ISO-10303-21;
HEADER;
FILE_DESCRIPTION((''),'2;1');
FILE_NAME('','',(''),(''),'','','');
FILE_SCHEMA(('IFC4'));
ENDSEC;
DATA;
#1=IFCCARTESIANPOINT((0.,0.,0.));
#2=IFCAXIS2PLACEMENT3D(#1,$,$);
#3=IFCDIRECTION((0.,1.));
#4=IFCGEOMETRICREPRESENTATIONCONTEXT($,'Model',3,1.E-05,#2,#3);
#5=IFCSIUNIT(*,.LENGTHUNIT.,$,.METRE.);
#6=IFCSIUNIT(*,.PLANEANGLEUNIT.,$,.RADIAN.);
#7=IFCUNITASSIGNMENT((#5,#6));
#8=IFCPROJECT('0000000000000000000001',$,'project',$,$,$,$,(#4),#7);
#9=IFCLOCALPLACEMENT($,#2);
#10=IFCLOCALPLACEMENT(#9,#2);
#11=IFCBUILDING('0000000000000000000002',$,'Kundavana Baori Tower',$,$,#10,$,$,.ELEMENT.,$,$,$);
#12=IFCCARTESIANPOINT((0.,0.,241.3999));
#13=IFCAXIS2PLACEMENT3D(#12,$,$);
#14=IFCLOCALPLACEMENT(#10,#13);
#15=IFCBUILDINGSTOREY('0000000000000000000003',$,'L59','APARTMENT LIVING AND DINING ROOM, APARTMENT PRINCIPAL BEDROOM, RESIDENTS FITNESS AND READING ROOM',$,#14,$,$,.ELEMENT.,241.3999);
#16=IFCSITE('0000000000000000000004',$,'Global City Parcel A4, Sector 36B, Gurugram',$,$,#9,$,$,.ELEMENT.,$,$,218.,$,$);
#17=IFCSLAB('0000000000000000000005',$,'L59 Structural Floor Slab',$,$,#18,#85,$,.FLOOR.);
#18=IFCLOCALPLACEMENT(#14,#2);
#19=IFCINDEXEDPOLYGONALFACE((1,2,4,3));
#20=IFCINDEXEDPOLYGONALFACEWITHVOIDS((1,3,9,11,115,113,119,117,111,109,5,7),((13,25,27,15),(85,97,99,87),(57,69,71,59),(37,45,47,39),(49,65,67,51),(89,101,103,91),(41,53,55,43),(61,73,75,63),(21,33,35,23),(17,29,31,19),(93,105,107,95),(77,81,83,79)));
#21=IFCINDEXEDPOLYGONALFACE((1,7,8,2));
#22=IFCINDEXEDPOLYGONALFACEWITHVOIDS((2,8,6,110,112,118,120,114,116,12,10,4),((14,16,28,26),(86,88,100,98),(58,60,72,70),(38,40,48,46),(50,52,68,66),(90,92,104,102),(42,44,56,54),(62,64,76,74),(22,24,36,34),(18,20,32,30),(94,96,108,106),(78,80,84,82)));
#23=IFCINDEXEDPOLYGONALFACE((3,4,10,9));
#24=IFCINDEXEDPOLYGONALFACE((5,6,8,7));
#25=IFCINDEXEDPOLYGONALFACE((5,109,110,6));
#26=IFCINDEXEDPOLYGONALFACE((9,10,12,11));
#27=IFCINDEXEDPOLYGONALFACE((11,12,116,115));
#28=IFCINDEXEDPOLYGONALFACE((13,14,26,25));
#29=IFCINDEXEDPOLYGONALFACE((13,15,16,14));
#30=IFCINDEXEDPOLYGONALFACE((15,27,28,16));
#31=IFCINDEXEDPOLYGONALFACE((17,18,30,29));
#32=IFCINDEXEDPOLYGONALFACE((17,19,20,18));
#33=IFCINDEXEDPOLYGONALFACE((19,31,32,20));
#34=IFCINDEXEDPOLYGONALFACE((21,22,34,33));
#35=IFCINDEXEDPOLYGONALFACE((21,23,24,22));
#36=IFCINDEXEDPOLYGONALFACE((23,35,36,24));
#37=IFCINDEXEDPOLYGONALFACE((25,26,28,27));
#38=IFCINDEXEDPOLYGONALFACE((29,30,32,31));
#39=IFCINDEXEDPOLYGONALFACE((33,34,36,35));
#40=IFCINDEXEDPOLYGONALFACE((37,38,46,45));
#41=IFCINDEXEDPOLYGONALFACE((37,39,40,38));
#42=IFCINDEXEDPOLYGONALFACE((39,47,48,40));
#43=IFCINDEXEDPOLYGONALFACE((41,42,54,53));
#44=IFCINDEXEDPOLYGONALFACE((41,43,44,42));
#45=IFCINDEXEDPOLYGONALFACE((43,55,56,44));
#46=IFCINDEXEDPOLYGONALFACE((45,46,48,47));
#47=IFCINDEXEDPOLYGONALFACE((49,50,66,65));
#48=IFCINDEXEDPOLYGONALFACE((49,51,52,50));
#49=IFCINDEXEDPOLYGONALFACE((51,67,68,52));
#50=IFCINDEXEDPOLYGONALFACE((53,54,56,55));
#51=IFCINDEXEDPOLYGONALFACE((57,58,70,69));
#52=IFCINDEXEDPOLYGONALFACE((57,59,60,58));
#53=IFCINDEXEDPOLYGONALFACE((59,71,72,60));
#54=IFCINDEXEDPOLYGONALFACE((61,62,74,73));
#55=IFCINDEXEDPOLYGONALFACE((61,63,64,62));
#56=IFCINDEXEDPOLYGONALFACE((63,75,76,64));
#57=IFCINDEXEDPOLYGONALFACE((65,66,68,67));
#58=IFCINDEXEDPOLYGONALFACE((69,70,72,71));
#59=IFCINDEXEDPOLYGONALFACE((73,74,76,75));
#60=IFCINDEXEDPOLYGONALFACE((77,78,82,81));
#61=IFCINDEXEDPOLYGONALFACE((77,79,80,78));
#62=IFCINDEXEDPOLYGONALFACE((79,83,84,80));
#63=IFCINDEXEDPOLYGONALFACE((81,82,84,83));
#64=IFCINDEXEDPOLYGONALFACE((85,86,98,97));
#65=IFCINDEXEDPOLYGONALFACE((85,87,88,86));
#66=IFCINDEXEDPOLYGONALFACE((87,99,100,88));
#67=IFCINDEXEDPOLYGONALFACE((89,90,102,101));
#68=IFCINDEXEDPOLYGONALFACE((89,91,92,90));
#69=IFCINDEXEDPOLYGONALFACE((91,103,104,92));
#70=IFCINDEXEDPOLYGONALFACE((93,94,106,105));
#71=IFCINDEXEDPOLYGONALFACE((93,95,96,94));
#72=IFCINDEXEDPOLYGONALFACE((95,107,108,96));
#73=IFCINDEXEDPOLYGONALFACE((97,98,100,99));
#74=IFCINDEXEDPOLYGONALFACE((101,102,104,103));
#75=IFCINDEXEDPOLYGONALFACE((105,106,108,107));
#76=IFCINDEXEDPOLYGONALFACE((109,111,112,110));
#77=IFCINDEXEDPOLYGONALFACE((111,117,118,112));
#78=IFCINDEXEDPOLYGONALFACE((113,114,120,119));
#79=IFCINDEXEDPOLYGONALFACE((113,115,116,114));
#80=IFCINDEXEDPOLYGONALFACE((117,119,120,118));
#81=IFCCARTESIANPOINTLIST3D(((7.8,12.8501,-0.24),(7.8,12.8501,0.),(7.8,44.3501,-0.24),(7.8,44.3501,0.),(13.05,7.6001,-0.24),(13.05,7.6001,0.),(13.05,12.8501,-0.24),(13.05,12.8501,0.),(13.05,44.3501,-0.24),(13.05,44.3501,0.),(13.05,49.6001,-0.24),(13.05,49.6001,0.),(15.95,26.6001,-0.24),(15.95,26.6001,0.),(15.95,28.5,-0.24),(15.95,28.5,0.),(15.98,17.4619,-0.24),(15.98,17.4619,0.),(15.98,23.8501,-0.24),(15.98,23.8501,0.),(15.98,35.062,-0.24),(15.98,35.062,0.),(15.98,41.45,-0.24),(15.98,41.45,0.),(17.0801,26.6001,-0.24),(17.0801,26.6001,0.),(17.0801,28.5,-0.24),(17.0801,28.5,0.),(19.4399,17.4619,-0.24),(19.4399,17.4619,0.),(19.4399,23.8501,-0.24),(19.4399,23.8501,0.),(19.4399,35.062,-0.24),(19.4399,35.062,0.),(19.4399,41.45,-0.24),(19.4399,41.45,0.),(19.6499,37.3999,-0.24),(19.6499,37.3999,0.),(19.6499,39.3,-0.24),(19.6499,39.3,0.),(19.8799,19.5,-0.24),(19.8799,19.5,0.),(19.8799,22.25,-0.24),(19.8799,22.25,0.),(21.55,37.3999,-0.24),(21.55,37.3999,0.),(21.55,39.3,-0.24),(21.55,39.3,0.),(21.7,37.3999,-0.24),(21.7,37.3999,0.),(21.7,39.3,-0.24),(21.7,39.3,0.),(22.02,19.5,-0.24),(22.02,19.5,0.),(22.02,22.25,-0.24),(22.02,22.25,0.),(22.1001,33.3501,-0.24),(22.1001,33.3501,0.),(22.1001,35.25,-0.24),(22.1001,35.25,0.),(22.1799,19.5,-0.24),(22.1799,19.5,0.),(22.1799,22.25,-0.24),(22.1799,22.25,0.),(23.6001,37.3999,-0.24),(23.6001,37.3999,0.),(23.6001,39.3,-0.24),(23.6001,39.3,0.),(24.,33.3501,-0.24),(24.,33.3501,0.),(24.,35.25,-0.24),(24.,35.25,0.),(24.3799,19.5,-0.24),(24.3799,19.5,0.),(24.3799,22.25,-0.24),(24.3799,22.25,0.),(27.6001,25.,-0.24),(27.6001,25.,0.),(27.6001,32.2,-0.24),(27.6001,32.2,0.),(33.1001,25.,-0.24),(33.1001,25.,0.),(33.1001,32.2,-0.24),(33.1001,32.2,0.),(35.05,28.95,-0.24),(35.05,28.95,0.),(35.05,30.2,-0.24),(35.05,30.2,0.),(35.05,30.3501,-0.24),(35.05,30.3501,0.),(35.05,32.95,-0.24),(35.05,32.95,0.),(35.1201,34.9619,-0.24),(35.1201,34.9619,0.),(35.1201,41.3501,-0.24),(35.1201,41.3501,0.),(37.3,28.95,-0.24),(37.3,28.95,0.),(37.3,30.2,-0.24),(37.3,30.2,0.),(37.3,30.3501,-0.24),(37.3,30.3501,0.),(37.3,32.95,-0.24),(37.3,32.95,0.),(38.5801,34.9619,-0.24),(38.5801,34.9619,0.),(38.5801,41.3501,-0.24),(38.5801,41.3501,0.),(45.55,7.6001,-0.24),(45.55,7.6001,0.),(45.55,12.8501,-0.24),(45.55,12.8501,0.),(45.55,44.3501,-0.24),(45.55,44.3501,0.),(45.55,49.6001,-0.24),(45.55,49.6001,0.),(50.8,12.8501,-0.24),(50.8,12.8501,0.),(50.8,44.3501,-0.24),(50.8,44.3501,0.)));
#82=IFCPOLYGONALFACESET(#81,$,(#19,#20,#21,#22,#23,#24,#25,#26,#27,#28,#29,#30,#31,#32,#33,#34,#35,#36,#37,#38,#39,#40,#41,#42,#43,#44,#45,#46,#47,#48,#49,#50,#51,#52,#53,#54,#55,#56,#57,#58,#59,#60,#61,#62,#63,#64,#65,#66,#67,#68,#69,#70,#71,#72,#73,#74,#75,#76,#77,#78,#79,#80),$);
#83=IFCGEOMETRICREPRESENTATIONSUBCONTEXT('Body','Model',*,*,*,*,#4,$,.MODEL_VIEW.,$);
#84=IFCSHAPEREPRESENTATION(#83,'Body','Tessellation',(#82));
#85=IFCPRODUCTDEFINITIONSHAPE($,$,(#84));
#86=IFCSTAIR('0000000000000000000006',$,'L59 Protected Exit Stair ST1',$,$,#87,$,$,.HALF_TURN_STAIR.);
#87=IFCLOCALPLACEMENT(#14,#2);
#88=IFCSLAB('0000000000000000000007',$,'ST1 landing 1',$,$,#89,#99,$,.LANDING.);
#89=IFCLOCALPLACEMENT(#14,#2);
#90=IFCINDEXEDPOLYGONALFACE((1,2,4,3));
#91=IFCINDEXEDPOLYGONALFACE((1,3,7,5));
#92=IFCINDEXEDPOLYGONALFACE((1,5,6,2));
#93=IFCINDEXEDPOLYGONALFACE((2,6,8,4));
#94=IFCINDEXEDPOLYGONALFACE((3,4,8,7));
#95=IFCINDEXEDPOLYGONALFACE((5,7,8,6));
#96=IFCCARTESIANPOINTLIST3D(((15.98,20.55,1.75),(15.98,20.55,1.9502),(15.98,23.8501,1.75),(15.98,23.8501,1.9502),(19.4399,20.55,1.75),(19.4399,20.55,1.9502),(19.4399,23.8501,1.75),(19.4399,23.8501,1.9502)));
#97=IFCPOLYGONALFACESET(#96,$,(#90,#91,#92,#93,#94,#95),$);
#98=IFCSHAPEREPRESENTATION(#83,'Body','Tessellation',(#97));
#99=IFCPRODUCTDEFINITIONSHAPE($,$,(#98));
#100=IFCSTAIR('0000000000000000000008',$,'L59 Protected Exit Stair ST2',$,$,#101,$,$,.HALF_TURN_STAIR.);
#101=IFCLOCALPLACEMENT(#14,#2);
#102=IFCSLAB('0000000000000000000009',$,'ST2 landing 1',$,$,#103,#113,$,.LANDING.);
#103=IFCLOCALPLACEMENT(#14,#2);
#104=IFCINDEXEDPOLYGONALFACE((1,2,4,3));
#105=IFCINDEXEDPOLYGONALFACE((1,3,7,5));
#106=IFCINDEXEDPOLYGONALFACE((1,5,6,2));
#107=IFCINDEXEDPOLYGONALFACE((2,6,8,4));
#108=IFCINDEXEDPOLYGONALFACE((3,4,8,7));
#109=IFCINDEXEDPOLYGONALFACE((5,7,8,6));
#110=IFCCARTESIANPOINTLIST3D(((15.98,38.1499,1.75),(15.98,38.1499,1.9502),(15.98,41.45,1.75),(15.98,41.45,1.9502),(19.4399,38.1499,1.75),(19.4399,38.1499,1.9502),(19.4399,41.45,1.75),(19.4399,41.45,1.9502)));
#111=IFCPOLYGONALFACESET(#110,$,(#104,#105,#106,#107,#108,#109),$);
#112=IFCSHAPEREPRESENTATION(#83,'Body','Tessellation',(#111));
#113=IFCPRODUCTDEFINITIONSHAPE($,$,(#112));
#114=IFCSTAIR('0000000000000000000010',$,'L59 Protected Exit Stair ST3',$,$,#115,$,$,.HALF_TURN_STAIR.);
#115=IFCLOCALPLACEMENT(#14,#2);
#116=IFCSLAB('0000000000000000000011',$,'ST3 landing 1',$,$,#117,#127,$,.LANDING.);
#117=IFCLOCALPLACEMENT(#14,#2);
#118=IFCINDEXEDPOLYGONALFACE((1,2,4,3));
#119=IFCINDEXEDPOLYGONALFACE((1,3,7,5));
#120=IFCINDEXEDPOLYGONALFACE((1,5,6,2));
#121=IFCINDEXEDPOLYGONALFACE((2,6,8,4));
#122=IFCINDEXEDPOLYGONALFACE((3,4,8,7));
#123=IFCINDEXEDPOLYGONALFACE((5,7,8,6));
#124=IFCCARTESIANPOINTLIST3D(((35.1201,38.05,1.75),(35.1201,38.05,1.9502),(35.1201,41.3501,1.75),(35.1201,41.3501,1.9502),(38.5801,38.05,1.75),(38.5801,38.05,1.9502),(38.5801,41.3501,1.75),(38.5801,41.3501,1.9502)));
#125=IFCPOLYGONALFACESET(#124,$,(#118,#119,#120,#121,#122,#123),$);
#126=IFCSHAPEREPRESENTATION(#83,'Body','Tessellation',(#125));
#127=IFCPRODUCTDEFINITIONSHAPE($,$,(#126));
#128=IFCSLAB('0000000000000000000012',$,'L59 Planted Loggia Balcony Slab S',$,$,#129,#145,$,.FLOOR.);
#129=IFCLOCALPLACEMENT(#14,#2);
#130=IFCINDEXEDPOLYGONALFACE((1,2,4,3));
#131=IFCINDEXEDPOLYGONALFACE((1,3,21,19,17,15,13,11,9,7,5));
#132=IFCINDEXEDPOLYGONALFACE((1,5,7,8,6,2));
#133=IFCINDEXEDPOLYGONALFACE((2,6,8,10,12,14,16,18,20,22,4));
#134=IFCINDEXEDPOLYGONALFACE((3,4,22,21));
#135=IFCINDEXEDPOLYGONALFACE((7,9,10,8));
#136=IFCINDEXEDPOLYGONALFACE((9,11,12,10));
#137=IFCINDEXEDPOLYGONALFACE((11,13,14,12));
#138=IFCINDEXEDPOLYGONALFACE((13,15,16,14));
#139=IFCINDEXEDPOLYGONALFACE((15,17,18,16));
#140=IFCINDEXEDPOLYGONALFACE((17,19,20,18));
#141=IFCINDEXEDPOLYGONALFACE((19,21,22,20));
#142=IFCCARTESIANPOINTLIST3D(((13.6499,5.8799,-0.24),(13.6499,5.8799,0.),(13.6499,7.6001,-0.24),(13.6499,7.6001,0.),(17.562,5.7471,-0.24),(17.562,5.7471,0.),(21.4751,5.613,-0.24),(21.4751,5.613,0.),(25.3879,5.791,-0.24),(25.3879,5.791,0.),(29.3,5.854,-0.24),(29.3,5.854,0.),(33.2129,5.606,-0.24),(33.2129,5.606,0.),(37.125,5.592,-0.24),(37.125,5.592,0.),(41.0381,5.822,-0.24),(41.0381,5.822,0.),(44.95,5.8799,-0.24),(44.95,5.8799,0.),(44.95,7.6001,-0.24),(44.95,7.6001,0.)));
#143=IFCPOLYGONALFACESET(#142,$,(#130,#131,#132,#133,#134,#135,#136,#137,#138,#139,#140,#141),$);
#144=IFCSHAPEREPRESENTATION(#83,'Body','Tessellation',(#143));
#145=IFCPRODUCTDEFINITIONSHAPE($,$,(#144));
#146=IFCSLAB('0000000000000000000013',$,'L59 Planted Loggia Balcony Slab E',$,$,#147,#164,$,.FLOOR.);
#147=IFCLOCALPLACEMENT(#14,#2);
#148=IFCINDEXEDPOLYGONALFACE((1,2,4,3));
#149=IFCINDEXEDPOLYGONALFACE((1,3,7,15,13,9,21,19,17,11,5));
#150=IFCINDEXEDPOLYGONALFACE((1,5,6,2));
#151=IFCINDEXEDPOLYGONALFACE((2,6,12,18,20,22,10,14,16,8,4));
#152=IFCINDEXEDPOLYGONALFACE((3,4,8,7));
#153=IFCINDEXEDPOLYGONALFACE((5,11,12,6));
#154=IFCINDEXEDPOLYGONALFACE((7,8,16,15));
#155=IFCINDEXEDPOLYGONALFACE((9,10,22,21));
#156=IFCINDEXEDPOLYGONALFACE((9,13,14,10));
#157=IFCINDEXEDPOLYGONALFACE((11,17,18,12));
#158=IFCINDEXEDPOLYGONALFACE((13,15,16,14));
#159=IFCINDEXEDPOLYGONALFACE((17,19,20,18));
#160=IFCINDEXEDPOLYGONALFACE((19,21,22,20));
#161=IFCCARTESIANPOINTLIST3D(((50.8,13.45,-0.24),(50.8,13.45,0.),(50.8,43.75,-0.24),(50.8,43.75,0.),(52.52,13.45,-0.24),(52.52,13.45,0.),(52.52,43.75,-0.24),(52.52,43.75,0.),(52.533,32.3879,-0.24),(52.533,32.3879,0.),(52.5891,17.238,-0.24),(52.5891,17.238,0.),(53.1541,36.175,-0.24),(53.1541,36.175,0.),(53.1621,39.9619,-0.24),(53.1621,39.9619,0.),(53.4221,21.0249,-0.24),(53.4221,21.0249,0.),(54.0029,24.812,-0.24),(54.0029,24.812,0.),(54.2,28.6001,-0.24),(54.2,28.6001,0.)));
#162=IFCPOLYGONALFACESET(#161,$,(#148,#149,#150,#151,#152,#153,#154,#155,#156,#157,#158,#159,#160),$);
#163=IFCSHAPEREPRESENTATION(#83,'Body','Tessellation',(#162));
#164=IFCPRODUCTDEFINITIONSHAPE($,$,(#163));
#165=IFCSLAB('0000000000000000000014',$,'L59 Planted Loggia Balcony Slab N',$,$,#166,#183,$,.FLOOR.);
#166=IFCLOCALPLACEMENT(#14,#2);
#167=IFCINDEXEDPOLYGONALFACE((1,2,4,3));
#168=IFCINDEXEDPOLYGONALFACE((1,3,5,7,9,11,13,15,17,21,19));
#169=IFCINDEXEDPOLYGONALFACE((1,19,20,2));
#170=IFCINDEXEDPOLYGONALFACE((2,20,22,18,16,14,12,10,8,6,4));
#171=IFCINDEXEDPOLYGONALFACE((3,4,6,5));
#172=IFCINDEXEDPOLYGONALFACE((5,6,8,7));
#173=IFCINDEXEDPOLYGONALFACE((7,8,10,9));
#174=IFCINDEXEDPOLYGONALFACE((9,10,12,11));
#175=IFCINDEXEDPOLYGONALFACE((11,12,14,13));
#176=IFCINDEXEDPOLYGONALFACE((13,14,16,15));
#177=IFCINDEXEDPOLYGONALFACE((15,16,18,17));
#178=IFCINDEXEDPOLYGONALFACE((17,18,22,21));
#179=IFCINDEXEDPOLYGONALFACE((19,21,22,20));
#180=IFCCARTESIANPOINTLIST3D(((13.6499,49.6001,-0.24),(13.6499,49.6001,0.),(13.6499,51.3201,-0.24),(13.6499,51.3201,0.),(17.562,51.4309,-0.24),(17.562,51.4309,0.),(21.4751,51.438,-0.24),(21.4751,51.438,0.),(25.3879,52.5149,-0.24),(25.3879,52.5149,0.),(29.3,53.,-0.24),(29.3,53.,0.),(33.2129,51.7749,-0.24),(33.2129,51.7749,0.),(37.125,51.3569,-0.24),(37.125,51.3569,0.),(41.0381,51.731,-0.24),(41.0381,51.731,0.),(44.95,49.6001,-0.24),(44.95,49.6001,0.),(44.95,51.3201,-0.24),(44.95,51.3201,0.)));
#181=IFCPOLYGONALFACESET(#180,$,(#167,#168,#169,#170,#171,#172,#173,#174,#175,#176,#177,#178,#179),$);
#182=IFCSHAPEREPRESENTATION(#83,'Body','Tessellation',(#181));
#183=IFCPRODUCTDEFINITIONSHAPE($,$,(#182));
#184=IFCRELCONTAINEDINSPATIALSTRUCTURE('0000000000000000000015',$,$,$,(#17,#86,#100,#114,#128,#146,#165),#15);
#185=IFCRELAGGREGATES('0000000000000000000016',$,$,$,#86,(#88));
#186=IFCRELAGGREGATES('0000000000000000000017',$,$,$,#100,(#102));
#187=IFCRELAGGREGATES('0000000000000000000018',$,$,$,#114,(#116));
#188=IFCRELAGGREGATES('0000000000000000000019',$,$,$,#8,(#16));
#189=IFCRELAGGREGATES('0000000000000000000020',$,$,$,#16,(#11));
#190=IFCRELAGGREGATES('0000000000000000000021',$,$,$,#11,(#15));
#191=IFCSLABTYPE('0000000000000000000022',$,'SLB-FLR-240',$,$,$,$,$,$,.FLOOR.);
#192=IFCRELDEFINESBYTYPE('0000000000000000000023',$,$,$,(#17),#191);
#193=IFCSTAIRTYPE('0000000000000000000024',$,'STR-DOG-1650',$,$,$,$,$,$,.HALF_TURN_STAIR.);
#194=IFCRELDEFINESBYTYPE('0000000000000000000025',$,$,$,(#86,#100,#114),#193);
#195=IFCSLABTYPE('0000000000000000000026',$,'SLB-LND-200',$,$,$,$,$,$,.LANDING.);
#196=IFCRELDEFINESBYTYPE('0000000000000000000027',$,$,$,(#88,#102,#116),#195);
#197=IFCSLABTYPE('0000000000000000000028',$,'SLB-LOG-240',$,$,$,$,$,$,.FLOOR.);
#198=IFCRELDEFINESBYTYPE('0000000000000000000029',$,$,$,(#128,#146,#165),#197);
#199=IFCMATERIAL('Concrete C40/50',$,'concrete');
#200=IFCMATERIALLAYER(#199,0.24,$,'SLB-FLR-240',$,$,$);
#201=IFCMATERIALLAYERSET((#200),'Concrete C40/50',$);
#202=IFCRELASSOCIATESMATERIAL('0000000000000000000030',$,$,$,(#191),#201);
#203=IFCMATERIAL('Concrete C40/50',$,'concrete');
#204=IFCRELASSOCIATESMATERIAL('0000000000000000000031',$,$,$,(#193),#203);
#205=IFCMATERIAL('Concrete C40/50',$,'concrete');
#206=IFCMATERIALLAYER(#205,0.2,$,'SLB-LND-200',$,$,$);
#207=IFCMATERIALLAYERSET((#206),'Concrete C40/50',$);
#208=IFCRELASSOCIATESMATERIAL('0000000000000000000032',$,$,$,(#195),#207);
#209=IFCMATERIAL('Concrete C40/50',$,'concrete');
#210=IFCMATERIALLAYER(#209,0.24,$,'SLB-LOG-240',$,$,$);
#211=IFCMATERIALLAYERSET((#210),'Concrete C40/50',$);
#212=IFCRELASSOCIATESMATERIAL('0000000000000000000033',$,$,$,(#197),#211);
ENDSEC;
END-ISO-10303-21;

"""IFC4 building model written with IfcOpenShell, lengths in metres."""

from ifc_helpers import new_model, si_unit, direction, frame, origin, place, context, subcontext, project, spatial, polyline, outline, extrude, material, layer, layer_set, type_object, element, aggregate, save


model = new_model("IFC4")

# Units and contexts
model_context = context("Model", 3, precision=1e-05, world=origin(), true_north=direction((0.0, 1.0)))
body_context = subcontext(model_context, "Body", "Model", "MODEL_VIEW")
ifc_project = project(units=[si_unit("LENGTHUNIT", "METRE"), si_unit("PLANEANGLEUNIT", "RADIAN")], contexts=[model_context])

# Site, building, storey
site_placement = place(None, origin())
site = spatial("IfcSite", under=ifc_project, at=site_placement, Name="Global City Parcel A4, Sector 36B, Gurugram", CompositionType="ELEMENT", RefElevation=218.0)
building_placement = place(site_placement, origin())
building = spatial("IfcBuilding", under=site, at=building_placement, Name="Kundavana Baori Tower", CompositionType="ELEMENT")
storey_placement = place(building_placement, frame((0.0, 0.0, 241.3999)))
storey = spatial("IfcBuildingStorey", under=building, at=storey_placement, Name="L59", Description="APARTMENT LIVING AND DINING ROOM, APARTMENT PRINCIPAL BEDROOM, RESIDENTS FITNESS AND READING ROOM", CompositionType="ELEMENT", Elevation=241.3999)

# Slab
ifc_material_1 = material(Name="Concrete C40/50", Category="concrete")
ifc_layer_1 = layer(ifc_material_1, 0.24, Name="SLB-FLR-240")
ifc_layer_set_1 = layer_set([ifc_layer_1], Name="Concrete C40/50")
slab_type_1 = type_object("IfcSlabType", Name="SLB-FLR-240", PredefinedType="FLOOR", material=ifc_layer_set_1)
slab_1_placement = place(storey_placement, frame((0.0, 0.0, -0.24)))
element("IfcSlab", 1, at=slab_1_placement, inside=storey, type_object=slab_type_1, Name="L59 Structural Floor Slab", PredefinedType="FLOOR", context=body_context, shape_type="SweptSolid", body=[
    extrude(outline(polyline([(13.05, 7.6001), (45.55, 7.6001), (45.55, 12.8501), (50.8, 12.8501), (50.8, 44.3501), (45.55, 44.3501), (45.55, 49.6001), (13.05, 49.6001), (13.05, 44.3501), (7.8, 44.3501), (7.8, 12.8501), (13.05, 12.8501), (13.05, 7.6001)]), holes=[polyline([(19.4399, 17.4619), (19.4399, 23.8501), (15.98, 23.8501), (15.98, 17.4619), (19.4399, 17.4619)]), polyline([(19.4399, 35.062), (19.4399, 41.45), (15.98, 41.45), (15.98, 35.062), (19.4399, 35.062)]), polyline([(38.5801, 34.9619), (38.5801, 41.3501), (35.1201, 41.3501), (35.1201, 34.9619), (38.5801, 34.9619)]), polyline([(19.6499, 37.3999), (21.55, 37.3999), (21.55, 39.3), (19.6499, 39.3), (19.6499, 37.3999)]), polyline([(21.7, 37.3999), (23.6001, 37.3999), (23.6001, 39.3), (21.7, 39.3), (21.7, 37.3999)]), polyline([(22.1001, 33.3501), (24.0, 33.3501), (24.0, 35.25), (22.1001, 35.25), (22.1001, 33.3501)]), polyline([(19.8799, 19.5), (22.02, 19.5), (22.02, 22.25), (19.8799, 22.25), (19.8799, 19.5)]), polyline([(22.1799, 19.5), (24.3799, 19.5), (24.3799, 22.25), (22.1799, 22.25), (22.1799, 19.5)]), polyline([(35.05, 30.3501), (37.3, 30.3501), (37.3, 32.95), (35.05, 32.95), (35.05, 30.3501)]), polyline([(15.95, 26.6001), (17.0801, 26.6001), (17.0801, 28.5), (15.95, 28.5), (15.95, 26.6001)]), polyline([(35.05, 28.95), (37.3, 28.95), (37.3, 30.2), (35.05, 30.2), (35.05, 28.95)]), polyline([(27.6001, 25.0), (33.1001, 25.0), (33.1001, 32.2), (27.6001, 32.2), (27.6001, 25.0)])]), origin(), (0.0, 0.0, 1.0), 0.24),
])

# Stairs, slabs
ifc_material_2 = material(Name="Concrete C40/50", Category="concrete")
stair_type = type_object("IfcStairType", Name="STR-DOG-1650", PredefinedType="HALF_TURN_STAIR", material=ifc_material_2)
stair_1_placement = place(storey_placement, origin())
stair_1 = element("IfcStair", 2, at=stair_1_placement, inside=storey, type_object=stair_type, Name="L59 Protected Exit Stair ST1", PredefinedType="HALF_TURN_STAIR")
ifc_material_3 = material(Name="Concrete C40/50", Category="concrete")
ifc_layer_2 = layer(ifc_material_3, 0.2, Name="SLB-LND-200")
ifc_layer_set_2 = layer_set([ifc_layer_2], Name="Concrete C40/50")
slab_type_2 = type_object("IfcSlabType", Name="SLB-LND-200", PredefinedType="LANDING", material=ifc_layer_set_2)
slab_2_placement = place(storey_placement, frame((0.0, 0.0, 1.75)))
slab_2 = element("IfcSlab", 3, at=slab_2_placement, type_object=slab_type_2, Name="ST1 landing 1", PredefinedType="LANDING", context=body_context, shape_type="SweptSolid", body=[
    extrude(outline(polyline([(19.4399, 20.55), (19.4399, 23.8501), (15.98, 23.8501), (15.98, 20.55), (19.4399, 20.55)])), origin(), (0.0, 0.0, 1.0), 0.2002),
])
aggregate(stair_1, [slab_2])
stair_2_placement = place(storey_placement, origin())
stair_2 = element("IfcStair", 4, at=stair_2_placement, inside=storey, type_object=stair_type, Name="L59 Protected Exit Stair ST2", PredefinedType="HALF_TURN_STAIR")
slab_3_placement = place(storey_placement, frame((0.0, 0.0, 1.75)))
slab_3 = element("IfcSlab", 5, at=slab_3_placement, type_object=slab_type_2, Name="ST2 landing 1", PredefinedType="LANDING", context=body_context, shape_type="SweptSolid", body=[
    extrude(outline(polyline([(19.4399, 38.1499), (19.4399, 41.45), (15.98, 41.45), (15.98, 38.1499), (19.4399, 38.1499)])), origin(), (0.0, 0.0, 1.0), 0.2002),
])
aggregate(stair_2, [slab_3])
stair_3_placement = place(storey_placement, origin())
stair_3 = element("IfcStair", 6, at=stair_3_placement, inside=storey, type_object=stair_type, Name="L59 Protected Exit Stair ST3", PredefinedType="HALF_TURN_STAIR")
slab_4_placement = place(storey_placement, frame((0.0, 0.0, 1.75)))
slab_4 = element("IfcSlab", 7, at=slab_4_placement, type_object=slab_type_2, Name="ST3 landing 1", PredefinedType="LANDING", context=body_context, shape_type="SweptSolid", body=[
    extrude(outline(polyline([(38.5801, 38.05), (38.5801, 41.3501), (35.1201, 41.3501), (35.1201, 38.05), (38.5801, 38.05)])), origin(), (0.0, 0.0, 1.0), 0.2002),
])
aggregate(stair_3, [slab_4])

# Slabs
ifc_material_4 = material(Name="Concrete C40/50", Category="concrete")
ifc_layer_3 = layer(ifc_material_4, 0.24, Name="SLB-LOG-240")
ifc_layer_set_3 = layer_set([ifc_layer_3], Name="Concrete C40/50")
slab_type_3 = type_object("IfcSlabType", Name="SLB-LOG-240", PredefinedType="FLOOR", material=ifc_layer_set_3)
slab_5_placement = place(storey_placement, frame((0.0, 0.0, -0.24)))
element("IfcSlab", 8, at=slab_5_placement, inside=storey, type_object=slab_type_3, Name="L59 Planted Loggia Balcony Slab S", PredefinedType="FLOOR", context=body_context, shape_type="SweptSolid", body=[
    extrude(outline(polyline([(13.6499, 7.6001), (44.95, 7.6001), (44.95, 5.8799), (41.0381, 5.822), (37.125, 5.592), (33.2129, 5.606), (29.3, 5.854), (25.3879, 5.791), (21.4751, 5.613), (17.562, 5.7471), (13.6499, 5.8799), (13.6499, 7.6001)])), origin(), (0.0, 0.0, 1.0), 0.24),
])
slab_6_placement = place(storey_placement, frame((0.0, 0.0, -0.24)))
element("IfcSlab", 9, at=slab_6_placement, inside=storey, type_object=slab_type_3, Name="L59 Planted Loggia Balcony Slab E", PredefinedType="FLOOR", context=body_context, shape_type="SweptSolid", body=[
    extrude(outline(polyline([(50.8, 13.45), (50.8, 43.75), (52.52, 43.75), (53.1621, 39.9619), (53.1541, 36.175), (52.533, 32.3879), (54.2, 28.6001), (54.0029, 24.812), (53.4221, 21.0249), (52.5891, 17.238), (52.52, 13.45), (50.8, 13.45)])), origin(), (0.0, 0.0, 1.0), 0.24),
])
slab_7_placement = place(storey_placement, frame((0.0, 0.0, -0.24)))
element("IfcSlab", 10, at=slab_7_placement, inside=storey, type_object=slab_type_3, Name="L59 Planted Loggia Balcony Slab N", PredefinedType="FLOOR", context=body_context, shape_type="SweptSolid", body=[
    extrude(outline(polyline([(44.95, 49.6001), (13.6499, 49.6001), (13.6499, 51.3201), (17.562, 51.4309), (21.4751, 51.438), (25.3879, 52.5149), (29.3, 53.0), (33.2129, 51.7749), (37.125, 51.3569), (41.0381, 51.731), (44.95, 51.3201), (44.95, 49.6001)])), origin(), (0.0, 0.0, 1.0), 0.24),
])

save(model, "model.ifc")
